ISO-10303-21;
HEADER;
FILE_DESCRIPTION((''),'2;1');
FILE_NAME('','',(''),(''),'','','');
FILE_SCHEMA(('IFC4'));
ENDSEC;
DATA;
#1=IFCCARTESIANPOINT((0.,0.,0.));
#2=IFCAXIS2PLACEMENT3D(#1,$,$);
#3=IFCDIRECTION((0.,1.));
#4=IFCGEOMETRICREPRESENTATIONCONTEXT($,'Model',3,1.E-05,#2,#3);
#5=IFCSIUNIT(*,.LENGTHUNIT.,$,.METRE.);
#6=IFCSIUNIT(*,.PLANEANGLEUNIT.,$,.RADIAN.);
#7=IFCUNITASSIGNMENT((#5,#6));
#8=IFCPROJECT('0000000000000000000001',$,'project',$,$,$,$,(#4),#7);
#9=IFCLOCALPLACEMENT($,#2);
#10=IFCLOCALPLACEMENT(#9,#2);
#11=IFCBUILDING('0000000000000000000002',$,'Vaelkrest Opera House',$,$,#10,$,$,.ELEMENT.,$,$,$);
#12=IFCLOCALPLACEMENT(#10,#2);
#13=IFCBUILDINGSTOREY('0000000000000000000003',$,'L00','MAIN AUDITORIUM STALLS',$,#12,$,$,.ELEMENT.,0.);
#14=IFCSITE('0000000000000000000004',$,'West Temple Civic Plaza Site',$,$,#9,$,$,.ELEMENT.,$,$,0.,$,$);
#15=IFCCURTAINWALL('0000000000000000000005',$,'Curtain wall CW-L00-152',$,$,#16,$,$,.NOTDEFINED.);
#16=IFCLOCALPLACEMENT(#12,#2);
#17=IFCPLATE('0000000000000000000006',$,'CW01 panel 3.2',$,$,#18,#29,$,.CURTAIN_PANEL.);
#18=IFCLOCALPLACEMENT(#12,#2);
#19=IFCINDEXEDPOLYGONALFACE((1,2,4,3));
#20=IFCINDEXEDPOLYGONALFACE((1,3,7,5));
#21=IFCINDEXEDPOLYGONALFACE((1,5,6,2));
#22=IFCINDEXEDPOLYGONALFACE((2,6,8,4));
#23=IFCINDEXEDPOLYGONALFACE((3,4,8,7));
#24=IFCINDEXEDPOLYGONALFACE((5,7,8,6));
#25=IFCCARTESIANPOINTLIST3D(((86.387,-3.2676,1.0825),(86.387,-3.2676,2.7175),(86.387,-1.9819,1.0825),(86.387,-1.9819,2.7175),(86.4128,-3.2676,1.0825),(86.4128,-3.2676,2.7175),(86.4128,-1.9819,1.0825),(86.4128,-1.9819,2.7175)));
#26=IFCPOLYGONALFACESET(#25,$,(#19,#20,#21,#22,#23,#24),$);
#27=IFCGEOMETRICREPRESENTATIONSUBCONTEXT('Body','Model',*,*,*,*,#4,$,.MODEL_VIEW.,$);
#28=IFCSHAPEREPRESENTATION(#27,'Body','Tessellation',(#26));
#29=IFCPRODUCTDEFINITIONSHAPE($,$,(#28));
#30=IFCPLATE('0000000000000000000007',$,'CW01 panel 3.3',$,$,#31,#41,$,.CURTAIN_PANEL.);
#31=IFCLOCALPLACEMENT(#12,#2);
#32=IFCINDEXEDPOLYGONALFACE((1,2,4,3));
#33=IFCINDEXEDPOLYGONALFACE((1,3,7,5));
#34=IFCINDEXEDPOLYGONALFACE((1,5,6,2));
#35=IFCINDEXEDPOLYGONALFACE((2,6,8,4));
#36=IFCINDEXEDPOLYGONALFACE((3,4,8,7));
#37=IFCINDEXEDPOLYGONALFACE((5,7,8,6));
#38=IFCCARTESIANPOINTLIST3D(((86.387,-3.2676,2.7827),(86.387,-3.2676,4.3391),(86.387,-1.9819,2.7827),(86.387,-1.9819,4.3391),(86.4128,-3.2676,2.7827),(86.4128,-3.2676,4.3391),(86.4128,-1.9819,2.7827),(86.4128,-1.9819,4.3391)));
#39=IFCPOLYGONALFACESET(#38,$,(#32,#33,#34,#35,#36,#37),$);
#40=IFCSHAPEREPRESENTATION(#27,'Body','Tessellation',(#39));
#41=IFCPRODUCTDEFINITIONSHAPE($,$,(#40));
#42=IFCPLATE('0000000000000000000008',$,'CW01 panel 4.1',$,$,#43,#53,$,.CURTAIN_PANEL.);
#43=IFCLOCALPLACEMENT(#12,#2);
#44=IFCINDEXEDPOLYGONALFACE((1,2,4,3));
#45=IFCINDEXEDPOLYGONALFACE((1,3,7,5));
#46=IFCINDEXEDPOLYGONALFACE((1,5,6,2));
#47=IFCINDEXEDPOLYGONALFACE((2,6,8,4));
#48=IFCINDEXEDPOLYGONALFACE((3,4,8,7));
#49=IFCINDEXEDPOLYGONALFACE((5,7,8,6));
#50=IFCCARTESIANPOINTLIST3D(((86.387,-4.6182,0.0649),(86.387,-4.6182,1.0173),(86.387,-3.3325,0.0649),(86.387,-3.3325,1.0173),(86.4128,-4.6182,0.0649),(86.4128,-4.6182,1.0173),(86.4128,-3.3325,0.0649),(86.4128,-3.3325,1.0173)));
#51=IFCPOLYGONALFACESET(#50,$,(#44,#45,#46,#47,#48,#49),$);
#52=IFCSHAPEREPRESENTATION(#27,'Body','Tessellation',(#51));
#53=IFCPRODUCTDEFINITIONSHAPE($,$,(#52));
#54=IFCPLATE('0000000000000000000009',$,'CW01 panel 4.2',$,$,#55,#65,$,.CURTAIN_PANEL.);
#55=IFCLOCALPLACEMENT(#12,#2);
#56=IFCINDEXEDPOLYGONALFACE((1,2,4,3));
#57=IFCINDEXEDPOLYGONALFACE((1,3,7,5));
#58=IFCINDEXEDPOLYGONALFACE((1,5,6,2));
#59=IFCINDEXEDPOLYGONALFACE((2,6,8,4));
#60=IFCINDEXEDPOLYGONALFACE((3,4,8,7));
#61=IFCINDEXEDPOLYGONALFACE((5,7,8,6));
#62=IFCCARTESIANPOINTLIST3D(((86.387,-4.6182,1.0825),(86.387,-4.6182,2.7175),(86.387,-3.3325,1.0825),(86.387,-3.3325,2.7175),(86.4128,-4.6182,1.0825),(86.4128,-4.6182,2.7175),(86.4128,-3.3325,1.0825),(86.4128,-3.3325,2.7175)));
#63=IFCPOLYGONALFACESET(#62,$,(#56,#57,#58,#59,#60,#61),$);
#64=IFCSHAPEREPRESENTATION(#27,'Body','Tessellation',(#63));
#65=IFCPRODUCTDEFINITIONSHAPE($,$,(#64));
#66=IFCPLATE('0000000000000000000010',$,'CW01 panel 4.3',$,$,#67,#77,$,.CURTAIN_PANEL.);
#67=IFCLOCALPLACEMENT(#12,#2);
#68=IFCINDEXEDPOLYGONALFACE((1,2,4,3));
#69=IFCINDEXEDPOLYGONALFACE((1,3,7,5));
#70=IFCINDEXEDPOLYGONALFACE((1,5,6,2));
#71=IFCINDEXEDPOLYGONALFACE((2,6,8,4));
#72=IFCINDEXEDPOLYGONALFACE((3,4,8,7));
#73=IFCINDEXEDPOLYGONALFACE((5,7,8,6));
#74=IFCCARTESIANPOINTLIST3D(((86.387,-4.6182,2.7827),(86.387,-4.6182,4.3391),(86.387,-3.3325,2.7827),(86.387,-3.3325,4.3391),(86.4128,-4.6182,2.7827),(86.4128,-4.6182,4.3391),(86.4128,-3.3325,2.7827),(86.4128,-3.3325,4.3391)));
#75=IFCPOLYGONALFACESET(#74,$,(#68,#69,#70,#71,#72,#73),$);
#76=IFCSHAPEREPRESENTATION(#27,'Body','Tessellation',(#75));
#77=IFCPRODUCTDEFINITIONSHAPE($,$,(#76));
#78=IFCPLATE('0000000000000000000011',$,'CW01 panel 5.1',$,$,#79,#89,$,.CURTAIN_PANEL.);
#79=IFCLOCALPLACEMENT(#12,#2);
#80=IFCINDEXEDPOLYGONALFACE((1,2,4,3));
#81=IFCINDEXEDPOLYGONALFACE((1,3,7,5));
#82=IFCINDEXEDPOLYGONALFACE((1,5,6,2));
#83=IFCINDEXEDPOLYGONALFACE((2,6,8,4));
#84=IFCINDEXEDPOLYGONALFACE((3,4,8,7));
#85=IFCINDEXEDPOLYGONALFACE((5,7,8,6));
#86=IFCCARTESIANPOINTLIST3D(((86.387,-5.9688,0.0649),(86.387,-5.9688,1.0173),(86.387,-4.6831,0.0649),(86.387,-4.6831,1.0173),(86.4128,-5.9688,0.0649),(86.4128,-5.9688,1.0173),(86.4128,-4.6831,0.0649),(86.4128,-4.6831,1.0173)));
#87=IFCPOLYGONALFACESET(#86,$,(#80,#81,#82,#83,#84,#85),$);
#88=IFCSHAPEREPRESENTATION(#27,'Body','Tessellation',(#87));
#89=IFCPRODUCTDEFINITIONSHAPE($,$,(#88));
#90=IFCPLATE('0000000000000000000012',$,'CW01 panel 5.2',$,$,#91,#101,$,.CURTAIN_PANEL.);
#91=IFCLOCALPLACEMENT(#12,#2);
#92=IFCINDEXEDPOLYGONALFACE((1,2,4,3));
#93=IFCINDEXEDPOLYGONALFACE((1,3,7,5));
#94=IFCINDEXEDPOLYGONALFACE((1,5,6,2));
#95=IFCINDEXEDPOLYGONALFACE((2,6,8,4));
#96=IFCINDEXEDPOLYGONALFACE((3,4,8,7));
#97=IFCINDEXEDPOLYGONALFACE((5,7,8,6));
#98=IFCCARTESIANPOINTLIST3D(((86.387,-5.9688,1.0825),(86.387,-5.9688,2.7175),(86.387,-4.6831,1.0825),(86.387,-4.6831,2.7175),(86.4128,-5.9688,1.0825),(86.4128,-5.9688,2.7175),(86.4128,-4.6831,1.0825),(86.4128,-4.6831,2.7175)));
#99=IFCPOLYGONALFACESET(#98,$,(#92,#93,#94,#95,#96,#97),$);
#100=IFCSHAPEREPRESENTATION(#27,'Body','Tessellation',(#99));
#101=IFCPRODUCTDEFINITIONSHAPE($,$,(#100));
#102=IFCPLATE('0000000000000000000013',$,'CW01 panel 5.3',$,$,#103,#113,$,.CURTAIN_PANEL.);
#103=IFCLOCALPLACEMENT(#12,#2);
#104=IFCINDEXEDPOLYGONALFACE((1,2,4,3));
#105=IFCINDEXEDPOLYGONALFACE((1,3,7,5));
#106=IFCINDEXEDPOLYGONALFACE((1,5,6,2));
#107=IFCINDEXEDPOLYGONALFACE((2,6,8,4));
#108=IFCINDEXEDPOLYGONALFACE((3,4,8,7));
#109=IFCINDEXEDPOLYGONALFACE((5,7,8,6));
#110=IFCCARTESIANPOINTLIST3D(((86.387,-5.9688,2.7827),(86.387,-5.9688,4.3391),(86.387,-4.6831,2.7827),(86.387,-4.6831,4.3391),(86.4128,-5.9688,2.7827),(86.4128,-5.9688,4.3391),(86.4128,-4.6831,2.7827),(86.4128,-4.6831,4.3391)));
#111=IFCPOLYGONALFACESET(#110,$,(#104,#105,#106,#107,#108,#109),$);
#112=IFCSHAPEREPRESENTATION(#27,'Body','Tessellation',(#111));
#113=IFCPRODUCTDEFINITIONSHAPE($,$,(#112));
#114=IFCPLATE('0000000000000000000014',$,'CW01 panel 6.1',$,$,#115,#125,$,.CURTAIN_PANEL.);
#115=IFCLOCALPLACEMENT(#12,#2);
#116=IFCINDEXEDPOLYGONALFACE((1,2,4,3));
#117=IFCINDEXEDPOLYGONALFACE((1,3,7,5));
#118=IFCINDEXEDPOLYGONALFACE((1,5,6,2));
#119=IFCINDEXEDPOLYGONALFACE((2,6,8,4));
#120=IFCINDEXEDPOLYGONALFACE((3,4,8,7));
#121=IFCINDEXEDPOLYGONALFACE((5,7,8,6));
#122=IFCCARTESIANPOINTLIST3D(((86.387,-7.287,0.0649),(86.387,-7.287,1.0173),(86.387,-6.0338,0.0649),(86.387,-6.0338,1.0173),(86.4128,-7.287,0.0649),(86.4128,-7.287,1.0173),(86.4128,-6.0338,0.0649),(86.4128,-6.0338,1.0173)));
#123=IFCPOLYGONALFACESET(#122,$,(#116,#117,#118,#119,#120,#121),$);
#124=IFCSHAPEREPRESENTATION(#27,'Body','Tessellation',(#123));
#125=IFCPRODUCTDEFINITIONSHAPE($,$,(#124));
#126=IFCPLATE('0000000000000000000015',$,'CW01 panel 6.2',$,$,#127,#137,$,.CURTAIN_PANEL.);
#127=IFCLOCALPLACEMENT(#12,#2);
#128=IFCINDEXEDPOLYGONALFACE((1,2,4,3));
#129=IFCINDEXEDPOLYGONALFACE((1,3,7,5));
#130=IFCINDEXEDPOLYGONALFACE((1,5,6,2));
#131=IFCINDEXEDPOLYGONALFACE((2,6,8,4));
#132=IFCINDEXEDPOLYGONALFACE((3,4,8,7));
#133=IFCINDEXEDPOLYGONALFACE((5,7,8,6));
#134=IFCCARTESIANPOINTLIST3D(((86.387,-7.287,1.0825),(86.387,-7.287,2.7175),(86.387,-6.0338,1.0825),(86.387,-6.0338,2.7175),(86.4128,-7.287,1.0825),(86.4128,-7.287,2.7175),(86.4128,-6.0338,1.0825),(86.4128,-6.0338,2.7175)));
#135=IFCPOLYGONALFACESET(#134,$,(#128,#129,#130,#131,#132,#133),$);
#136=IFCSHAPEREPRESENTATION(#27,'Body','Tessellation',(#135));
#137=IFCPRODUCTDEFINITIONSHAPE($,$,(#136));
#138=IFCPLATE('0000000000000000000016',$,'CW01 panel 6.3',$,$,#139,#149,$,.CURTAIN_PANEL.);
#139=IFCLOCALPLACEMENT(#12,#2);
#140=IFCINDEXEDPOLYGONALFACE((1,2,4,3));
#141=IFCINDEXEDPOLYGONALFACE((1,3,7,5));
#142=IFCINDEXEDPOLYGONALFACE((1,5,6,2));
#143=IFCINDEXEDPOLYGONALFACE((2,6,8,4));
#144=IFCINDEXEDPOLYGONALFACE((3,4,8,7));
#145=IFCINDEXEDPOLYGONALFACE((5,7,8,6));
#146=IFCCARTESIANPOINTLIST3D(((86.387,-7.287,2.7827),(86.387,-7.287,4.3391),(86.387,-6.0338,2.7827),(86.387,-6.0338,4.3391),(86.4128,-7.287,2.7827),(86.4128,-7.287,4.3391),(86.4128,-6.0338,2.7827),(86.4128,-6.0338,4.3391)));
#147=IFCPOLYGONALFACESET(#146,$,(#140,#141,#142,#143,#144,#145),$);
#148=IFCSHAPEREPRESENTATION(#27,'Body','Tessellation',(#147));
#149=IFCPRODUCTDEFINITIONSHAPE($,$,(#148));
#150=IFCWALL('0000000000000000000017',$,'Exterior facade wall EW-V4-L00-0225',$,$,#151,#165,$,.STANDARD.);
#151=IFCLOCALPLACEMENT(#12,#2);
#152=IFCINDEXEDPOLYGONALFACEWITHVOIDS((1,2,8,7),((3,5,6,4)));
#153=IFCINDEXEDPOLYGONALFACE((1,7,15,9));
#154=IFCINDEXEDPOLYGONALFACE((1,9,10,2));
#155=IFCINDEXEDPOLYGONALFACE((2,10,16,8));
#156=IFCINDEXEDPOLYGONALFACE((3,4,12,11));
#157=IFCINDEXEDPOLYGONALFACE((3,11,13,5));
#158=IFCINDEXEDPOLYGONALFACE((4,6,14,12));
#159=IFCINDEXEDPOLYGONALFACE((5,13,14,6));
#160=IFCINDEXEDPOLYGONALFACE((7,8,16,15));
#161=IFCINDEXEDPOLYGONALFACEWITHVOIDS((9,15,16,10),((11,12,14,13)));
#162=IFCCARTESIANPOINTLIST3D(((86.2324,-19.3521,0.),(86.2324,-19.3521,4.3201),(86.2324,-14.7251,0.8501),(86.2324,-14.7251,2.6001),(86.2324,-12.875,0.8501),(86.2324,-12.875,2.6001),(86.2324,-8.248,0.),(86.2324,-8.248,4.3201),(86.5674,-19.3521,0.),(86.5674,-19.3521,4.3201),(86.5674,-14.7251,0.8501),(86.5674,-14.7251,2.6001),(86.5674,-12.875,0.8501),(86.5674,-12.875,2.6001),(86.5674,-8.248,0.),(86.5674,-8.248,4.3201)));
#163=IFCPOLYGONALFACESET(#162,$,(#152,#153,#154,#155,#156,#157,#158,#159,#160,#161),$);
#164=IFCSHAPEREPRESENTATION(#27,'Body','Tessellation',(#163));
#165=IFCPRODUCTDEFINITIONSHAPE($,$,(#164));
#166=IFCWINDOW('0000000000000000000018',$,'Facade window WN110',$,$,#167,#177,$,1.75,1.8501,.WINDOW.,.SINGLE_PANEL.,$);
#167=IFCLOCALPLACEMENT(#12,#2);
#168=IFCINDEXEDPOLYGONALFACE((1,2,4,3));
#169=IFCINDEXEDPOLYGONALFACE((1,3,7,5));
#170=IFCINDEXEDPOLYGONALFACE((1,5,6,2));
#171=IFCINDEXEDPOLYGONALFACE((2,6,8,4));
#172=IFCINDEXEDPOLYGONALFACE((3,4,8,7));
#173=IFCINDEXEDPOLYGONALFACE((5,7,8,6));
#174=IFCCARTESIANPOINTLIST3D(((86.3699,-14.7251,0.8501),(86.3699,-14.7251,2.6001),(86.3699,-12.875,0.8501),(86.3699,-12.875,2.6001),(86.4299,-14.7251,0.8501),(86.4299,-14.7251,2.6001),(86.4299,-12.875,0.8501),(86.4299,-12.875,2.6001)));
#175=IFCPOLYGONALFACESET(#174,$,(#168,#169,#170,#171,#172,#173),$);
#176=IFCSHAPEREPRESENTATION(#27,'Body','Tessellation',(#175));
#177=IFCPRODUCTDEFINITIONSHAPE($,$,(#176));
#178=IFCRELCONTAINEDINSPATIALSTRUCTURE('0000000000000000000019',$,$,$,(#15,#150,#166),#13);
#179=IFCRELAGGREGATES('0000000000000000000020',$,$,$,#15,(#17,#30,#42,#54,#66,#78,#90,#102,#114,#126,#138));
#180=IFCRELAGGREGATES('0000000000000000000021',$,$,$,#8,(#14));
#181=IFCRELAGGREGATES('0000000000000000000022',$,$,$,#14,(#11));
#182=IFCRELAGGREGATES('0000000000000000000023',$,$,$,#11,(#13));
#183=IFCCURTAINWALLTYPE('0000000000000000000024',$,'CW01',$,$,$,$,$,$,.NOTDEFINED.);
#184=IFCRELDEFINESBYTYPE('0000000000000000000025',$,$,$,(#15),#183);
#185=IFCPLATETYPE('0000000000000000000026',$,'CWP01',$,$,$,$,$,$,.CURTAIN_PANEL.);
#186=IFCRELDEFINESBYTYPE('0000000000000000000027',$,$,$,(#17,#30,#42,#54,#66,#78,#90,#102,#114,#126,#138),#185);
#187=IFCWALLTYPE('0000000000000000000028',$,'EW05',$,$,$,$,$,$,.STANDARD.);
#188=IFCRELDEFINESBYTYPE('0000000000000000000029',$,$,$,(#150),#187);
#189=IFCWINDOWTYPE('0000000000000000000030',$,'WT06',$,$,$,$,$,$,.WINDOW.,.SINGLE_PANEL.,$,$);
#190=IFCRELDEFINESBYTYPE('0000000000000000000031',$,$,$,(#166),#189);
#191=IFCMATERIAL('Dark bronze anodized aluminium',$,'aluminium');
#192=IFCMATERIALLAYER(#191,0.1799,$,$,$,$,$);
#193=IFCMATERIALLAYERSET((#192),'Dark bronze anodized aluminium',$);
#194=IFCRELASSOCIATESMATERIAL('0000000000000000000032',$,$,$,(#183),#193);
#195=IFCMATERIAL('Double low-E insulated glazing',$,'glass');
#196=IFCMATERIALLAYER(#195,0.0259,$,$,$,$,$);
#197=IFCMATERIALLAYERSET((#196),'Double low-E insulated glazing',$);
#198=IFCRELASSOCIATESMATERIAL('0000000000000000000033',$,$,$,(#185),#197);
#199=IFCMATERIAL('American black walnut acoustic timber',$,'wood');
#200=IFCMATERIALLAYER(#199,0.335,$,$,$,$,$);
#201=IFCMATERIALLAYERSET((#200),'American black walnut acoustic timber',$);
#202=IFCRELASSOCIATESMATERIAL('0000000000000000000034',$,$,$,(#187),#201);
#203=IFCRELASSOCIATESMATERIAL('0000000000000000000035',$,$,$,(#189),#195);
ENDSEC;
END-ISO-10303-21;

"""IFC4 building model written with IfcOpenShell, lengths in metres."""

from ifc_helpers import new_model, si_unit, direction, frame, frame_2d, origin, origin_2d, place, context, subcontext, project, spatial, rectangle, extrude, material, layer, layer_set, type_object, element, fill, aggregate, save


model = new_model("IFC4")

# Units and contexts
model_context = context("Model", 3, precision=1e-05, world=origin(), true_north=direction((0.0, 1.0)))
body_context = subcontext(model_context, "Body", "Model", "MODEL_VIEW")
ifc_project = project(units=[si_unit("LENGTHUNIT", "METRE"), si_unit("PLANEANGLEUNIT", "RADIAN")], contexts=[model_context])

# Site, building, storey
site_placement = place(None, origin())
site = spatial("IfcSite", under=ifc_project, at=site_placement, Name="West Temple Civic Plaza Site", CompositionType="ELEMENT", RefElevation=0.0)
building_placement = place(site_placement, origin())
building = spatial("IfcBuilding", under=site, at=building_placement, Name="Vaelkrest Opera House", CompositionType="ELEMENT")
storey_placement = place(building_placement, origin())
storey = spatial("IfcBuildingStorey", under=building, at=storey_placement, Name="L00", Description="MAIN AUDITORIUM STALLS", CompositionType="ELEMENT", Elevation=0.0)

# Curtain wall
ifc_material_1 = material(Name="Dark bronze anodized aluminium", Category="aluminium")
ifc_layer_1 = layer(ifc_material_1, 0.1799)
ifc_layer_set_1 = layer_set([ifc_layer_1], Name="Dark bronze anodized aluminium")
curtain_wall_type = type_object("IfcCurtainWallType", Name="CW01", PredefinedType="NOTDEFINED", material=ifc_layer_set_1)
curtain_wall_placement = place(storey_placement, origin())
curtain_wall = element("IfcCurtainWall", 1, at=curtain_wall_placement, inside=storey, type_object=curtain_wall_type, Name="Curtain wall CW-L00-152", PredefinedType="NOTDEFINED")

# Plates
ifc_material_2 = material(Name="Double low-E insulated glazing", Category="glass")
ifc_layer_2 = layer(ifc_material_2, 0.0259)
ifc_layer_set_2 = layer_set([ifc_layer_2], Name="Double low-E insulated glazing")
plate_type = type_object("IfcPlateType", Name="CWP01", PredefinedType="CURTAIN_PANEL", material=ifc_layer_set_2)
plate_1_placement = place(storey_placement, frame((86.3999, -2.6248, 1.0825), z_axis=(0.0, 0.0, 1.0), x_axis=(0.0, -1.0, 0.0)))
plate_1 = element("IfcPlate", 2, at=plate_1_placement, type_object=plate_type, Name="CW01 panel 3.2", PredefinedType="CURTAIN_PANEL", context=body_context, shape_type="SweptSolid", body=[
    extrude(rectangle(XDim=1.2856, YDim=0.0259, at=origin_2d()), origin(), (0.0, 0.0, 1.0), 1.635),
])
plate_2_placement = place(storey_placement, frame((86.3999, -2.6248, 2.7827), z_axis=(0.0, 0.0, 1.0), x_axis=(0.0, -1.0, 0.0)))
plate_2 = element("IfcPlate", 3, at=plate_2_placement, type_object=plate_type, Name="CW01 panel 3.3", PredefinedType="CURTAIN_PANEL", context=body_context, shape_type="SweptSolid", body=[
    extrude(rectangle(XDim=1.2856, YDim=0.0259, at=origin_2d()), origin(), (0.0, 0.0, 1.0), 1.5564),
])
plate_3_placement = place(storey_placement, frame((86.3999, -3.9753, 0.0649), z_axis=(0.0, 0.0, 1.0), x_axis=(0.0, -1.0, 0.0)))
plate_3 = element("IfcPlate", 4, at=plate_3_placement, type_object=plate_type, Name="CW01 panel 4.1", PredefinedType="CURTAIN_PANEL", context=body_context, shape_type="SweptSolid", body=[
    extrude(rectangle(XDim=1.2856, YDim=0.0259, at=origin_2d()), origin(), (0.0, 0.0, 1.0), 0.9524),
])
plate_4_placement = place(storey_placement, frame((86.3999, -3.9753, 1.0825), z_axis=(0.0, 0.0, 1.0), x_axis=(0.0, -1.0, 0.0)))
plate_4 = element("IfcPlate", 5, at=plate_4_placement, type_object=plate_type, Name="CW01 panel 4.2", PredefinedType="CURTAIN_PANEL", context=body_context, shape_type="SweptSolid", body=[
    extrude(rectangle(XDim=1.2856, YDim=0.0259, at=origin_2d()), origin(), (0.0, 0.0, 1.0), 1.635),
])
plate_5_placement = place(storey_placement, frame((86.3999, -3.9753, 2.7827), z_axis=(0.0, 0.0, 1.0), x_axis=(0.0, -1.0, 0.0)))
plate_5 = element("IfcPlate", 6, at=plate_5_placement, type_object=plate_type, Name="CW01 panel 4.3", PredefinedType="CURTAIN_PANEL", context=body_context, shape_type="SweptSolid", body=[
    extrude(rectangle(XDim=1.2856, YDim=0.0259, at=origin_2d()), origin(), (0.0, 0.0, 1.0), 1.5564),
])
plate_6_placement = place(storey_placement, frame((86.3999, -5.3259, 0.0649), z_axis=(0.0, 0.0, 1.0), x_axis=(0.0, -1.0, 0.0)))
plate_6 = element("IfcPlate", 7, at=plate_6_placement, type_object=plate_type, Name="CW01 panel 5.1", PredefinedType="CURTAIN_PANEL", context=body_context, shape_type="SweptSolid", body=[
    extrude(rectangle(XDim=1.2856, YDim=0.0259, at=origin_2d()), origin(), (0.0, 0.0, 1.0), 0.9524),
])
plate_7_placement = place(storey_placement, frame((86.3999, -5.3259, 1.0825), z_axis=(0.0, 0.0, 1.0), x_axis=(0.0, -1.0, 0.0)))
plate_7 = element("IfcPlate", 8, at=plate_7_placement, type_object=plate_type, Name="CW01 panel 5.2", PredefinedType="CURTAIN_PANEL", context=body_context, shape_type="SweptSolid", body=[
    extrude(rectangle(XDim=1.2856, YDim=0.0259, at=origin_2d()), origin(), (0.0, 0.0, 1.0), 1.635),
])
plate_8_placement = place(storey_placement, frame((86.3999, -5.3259, 2.7827), z_axis=(0.0, 0.0, 1.0), x_axis=(0.0, -1.0, 0.0)))
plate_8 = element("IfcPlate", 9, at=plate_8_placement, type_object=plate_type, Name="CW01 panel 5.3", PredefinedType="CURTAIN_PANEL", context=body_context, shape_type="SweptSolid", body=[
    extrude(rectangle(XDim=1.2856, YDim=0.0259, at=origin_2d()), origin(), (0.0, 0.0, 1.0), 1.5564),
])
plate_9_placement = place(storey_placement, frame((86.3999, -6.6604, 0.0649), z_axis=(0.0, 0.0, 1.0), x_axis=(0.0, -1.0, 0.0)))
plate_9 = element("IfcPlate", 10, at=plate_9_placement, type_object=plate_type, Name="CW01 panel 6.1", PredefinedType="CURTAIN_PANEL", context=body_context, shape_type="SweptSolid", body=[
    extrude(rectangle(XDim=1.2532, YDim=0.0259, at=origin_2d()), origin(), (0.0, 0.0, 1.0), 0.9524),
])
plate_10_placement = place(storey_placement, frame((86.3999, -6.6604, 1.0825), z_axis=(0.0, 0.0, 1.0), x_axis=(0.0, -1.0, 0.0)))
plate_10 = element("IfcPlate", 11, at=plate_10_placement, type_object=plate_type, Name="CW01 panel 6.2", PredefinedType="CURTAIN_PANEL", context=body_context, shape_type="SweptSolid", body=[
    extrude(rectangle(XDim=1.2532, YDim=0.0259, at=origin_2d()), origin(), (0.0, 0.0, 1.0), 1.635),
])
plate_11_placement = place(storey_placement, frame((86.3999, -6.6604, 2.7827), z_axis=(0.0, 0.0, 1.0), x_axis=(0.0, -1.0, 0.0)))
plate_11 = element("IfcPlate", 12, at=plate_11_placement, type_object=plate_type, Name="CW01 panel 6.3", PredefinedType="CURTAIN_PANEL", context=body_context, shape_type="SweptSolid", body=[
    extrude(rectangle(XDim=1.2532, YDim=0.0259, at=origin_2d()), origin(), (0.0, 0.0, 1.0), 1.5564),
])
aggregate(curtain_wall, [plate_1, plate_2, plate_3, plate_4, plate_5, plate_6, plate_7, plate_8, plate_9, plate_10, plate_11])

# Wall, opening, window
ifc_material_3 = material(Name="American black walnut acoustic timber", Category="wood")
ifc_layer_3 = layer(ifc_material_3, 0.335)
ifc_layer_set_3 = layer_set([ifc_layer_3], Name="American black walnut acoustic timber")
wall_type = type_object("IfcWallType", Name="EW05", PredefinedType="STANDARD", material=ifc_layer_set_3)
wall_placement = place(storey_placement, frame((86.3999, -8.248, 0.0), z_axis=(0.0, 0.0, 1.0), x_axis=(0.0, -1.0, 0.0)))
wall = element("IfcWall", 13, at=wall_placement, inside=storey, type_object=wall_type, Name="Exterior facade wall EW-V4-L00-0225", PredefinedType="STANDARD", context=body_context, shape_type="SweptSolid", body=[
    extrude(rectangle(XDim=11.104, YDim=0.335, at=frame_2d((5.552, 0.0))), origin(), (0.0, 0.0, 1.0), 4.3201),
])
opening_placement = place(wall_placement, frame((4.627, 0.0, 0.8501)))
opening = element("IfcOpeningElement", 14, at=opening_placement, cuts=wall, PredefinedType="OPENING", context=body_context, shape_type="SweptSolid", body=[
    extrude(rectangle(XDim=1.8501, YDim=1.75, at=frame_2d((0.925, 0.875))), frame((0.0, 0.1775, 0.0), z_axis=(0.0, -1.0, 0.0), x_axis=(1.0, 0.0, 0.0)), (0.0, 0.0, 1.0), 0.355),
])
window_type = type_object("IfcWindowType", Name="WT06", PartitioningType="SINGLE_PANEL", PredefinedType="WINDOW", material=ifc_material_2)
window_placement = place(opening_placement, origin())
window = element("IfcWindow", 15, at=window_placement, inside=storey, type_object=window_type, Name="Facade window WN110", OverallHeight=1.75, OverallWidth=1.8501, PartitioningType="SINGLE_PANEL", PredefinedType="WINDOW", context=body_context, shape_type="SweptSolid", body=[
    extrude(rectangle(XDim=1.8501, YDim=1.75, at=frame_2d((0.925, 0.875))), frame((0.0, 0.03, 0.0), z_axis=(0.0, -1.0, 0.0), x_axis=(1.0, 0.0, 0.0)), (0.0, 0.0, 1.0), 0.0601),
])
fill(opening, window)

save(model, "model.ifc")
